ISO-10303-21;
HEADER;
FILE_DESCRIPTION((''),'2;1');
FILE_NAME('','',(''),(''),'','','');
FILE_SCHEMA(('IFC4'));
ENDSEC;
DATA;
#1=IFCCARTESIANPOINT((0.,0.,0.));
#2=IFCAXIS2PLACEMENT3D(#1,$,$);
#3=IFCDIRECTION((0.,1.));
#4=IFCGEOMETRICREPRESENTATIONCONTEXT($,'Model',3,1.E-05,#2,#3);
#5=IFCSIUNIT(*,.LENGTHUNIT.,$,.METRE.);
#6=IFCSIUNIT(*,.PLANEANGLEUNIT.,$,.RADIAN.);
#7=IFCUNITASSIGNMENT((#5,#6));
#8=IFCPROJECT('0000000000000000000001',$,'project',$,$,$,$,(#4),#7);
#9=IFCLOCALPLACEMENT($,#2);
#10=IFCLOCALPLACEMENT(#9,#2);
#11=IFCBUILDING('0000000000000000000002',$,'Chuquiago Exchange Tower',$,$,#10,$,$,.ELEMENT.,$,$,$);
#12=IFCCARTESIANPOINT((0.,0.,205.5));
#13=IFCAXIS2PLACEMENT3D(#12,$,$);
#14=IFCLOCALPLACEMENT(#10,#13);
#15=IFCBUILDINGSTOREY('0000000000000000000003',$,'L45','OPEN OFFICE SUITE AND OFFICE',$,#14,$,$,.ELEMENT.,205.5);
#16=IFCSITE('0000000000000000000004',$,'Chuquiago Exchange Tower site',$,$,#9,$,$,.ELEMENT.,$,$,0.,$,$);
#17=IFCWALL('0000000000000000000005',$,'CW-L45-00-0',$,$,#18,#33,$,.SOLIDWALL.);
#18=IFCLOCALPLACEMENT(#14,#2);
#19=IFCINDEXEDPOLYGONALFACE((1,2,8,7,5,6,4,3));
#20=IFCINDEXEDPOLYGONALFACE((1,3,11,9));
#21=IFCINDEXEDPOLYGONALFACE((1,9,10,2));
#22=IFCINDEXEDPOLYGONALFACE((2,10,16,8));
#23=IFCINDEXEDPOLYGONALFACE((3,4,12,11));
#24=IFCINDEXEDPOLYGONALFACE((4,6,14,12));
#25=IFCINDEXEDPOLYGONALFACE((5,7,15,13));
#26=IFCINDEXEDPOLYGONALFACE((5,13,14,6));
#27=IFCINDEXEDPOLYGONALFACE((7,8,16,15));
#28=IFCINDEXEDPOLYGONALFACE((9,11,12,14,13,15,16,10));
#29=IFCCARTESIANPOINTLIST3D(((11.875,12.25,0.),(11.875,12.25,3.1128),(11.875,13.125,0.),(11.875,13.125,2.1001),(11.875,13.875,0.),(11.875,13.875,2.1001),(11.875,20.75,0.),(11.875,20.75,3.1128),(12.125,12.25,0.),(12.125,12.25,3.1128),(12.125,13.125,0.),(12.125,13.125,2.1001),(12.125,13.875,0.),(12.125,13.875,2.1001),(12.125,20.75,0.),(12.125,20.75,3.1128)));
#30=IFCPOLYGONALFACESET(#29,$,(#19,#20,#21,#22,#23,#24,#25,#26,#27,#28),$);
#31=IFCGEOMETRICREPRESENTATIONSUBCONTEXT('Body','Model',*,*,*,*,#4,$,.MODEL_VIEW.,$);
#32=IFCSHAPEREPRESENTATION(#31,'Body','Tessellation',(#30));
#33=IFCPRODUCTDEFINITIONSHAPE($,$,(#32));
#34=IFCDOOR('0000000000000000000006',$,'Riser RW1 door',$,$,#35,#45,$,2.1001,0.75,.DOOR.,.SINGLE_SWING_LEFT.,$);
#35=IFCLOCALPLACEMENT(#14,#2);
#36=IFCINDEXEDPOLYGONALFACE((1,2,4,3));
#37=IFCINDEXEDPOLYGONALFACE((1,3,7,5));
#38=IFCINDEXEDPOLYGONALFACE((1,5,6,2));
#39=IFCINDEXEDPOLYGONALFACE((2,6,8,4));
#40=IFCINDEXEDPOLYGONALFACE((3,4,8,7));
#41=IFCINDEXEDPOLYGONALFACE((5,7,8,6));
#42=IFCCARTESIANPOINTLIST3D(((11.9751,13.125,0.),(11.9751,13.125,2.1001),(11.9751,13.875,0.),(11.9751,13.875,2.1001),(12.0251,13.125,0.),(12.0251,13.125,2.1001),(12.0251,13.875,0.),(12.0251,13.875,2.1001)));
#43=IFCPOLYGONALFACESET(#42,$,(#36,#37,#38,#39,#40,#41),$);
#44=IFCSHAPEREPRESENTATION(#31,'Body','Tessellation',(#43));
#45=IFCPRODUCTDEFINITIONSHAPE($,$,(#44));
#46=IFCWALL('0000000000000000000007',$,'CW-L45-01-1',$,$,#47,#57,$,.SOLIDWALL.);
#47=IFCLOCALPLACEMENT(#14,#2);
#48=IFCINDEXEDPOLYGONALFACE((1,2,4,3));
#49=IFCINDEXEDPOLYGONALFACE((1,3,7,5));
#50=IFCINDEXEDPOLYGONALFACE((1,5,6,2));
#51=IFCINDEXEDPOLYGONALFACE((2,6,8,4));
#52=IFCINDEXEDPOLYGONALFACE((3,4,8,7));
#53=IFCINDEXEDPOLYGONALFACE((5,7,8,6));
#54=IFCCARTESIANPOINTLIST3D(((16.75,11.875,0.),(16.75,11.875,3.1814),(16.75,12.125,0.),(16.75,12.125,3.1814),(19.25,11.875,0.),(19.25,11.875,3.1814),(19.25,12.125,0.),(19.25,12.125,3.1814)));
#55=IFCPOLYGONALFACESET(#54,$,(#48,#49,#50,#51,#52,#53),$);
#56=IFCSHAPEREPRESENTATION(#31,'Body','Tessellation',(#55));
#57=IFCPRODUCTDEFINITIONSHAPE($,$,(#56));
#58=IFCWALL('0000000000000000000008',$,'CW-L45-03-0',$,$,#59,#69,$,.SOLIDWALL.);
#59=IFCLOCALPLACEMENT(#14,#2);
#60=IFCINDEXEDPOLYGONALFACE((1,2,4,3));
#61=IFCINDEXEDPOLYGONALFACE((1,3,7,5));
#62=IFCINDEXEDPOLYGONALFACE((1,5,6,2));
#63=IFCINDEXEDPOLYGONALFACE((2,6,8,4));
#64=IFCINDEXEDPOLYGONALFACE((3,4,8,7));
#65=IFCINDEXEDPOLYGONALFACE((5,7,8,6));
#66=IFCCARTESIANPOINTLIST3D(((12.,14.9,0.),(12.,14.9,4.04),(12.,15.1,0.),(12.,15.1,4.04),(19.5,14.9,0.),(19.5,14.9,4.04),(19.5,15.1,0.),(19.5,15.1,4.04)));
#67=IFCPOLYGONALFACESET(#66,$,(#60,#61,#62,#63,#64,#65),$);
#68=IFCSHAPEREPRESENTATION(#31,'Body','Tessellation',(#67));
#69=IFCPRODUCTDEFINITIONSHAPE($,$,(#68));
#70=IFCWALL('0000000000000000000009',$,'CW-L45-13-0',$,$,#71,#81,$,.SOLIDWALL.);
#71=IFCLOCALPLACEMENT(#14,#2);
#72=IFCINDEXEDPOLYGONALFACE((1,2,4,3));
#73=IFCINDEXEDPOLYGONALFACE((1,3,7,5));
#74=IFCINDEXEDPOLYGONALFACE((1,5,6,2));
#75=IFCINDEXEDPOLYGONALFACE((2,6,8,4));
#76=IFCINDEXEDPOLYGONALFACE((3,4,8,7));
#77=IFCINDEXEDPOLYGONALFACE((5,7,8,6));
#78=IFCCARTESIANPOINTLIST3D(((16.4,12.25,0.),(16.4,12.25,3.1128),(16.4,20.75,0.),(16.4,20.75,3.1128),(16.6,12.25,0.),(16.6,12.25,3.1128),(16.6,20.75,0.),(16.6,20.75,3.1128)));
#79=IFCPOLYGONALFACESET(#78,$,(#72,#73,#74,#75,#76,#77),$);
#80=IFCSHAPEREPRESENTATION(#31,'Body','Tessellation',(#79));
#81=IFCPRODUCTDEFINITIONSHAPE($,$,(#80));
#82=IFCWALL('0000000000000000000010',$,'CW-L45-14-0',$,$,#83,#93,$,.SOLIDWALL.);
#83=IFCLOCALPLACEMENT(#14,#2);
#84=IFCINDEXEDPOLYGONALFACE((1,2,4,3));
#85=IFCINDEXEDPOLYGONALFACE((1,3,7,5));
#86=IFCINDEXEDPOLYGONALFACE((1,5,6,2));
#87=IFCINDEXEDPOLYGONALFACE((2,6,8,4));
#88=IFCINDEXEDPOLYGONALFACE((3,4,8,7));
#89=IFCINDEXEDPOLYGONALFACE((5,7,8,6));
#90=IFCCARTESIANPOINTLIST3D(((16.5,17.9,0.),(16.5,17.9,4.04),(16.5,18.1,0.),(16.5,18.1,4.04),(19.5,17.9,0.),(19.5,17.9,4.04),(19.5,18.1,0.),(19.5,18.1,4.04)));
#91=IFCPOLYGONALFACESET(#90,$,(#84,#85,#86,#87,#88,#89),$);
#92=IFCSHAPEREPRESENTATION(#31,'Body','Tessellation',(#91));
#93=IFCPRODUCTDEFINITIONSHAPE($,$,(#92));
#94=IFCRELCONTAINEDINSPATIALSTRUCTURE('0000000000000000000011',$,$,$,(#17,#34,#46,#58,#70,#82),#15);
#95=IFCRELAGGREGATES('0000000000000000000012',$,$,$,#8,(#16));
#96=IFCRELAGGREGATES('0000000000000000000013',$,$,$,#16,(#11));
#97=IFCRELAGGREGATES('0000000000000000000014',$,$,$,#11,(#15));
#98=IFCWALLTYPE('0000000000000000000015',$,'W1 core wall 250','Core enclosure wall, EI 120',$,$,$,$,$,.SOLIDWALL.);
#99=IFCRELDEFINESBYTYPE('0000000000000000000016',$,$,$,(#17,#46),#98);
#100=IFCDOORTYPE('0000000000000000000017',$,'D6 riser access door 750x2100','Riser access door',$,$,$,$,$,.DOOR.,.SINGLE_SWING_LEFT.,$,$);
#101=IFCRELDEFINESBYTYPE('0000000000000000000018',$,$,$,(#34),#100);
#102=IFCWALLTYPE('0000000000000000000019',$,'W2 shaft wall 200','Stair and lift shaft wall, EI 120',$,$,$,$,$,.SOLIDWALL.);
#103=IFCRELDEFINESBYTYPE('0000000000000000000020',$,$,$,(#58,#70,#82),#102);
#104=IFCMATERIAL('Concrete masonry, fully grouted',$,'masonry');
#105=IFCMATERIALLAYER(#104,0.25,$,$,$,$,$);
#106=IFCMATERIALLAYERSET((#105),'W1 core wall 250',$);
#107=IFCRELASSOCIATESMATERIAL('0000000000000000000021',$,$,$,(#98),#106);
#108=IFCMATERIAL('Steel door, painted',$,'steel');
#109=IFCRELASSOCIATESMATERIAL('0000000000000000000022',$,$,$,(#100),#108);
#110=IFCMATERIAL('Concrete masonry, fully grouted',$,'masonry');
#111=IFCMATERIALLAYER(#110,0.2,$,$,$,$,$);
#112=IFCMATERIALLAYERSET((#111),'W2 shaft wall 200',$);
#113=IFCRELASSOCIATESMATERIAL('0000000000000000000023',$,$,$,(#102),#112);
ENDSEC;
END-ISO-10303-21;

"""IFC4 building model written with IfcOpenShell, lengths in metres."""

from ifc_helpers import new_model, si_unit, direction, frame, frame_2d, origin, place, context, subcontext, project, spatial, rectangle, extrude, material, layer, layer_set, type_object, element, fill, save


model = new_model("IFC4")

# Units and contexts
model_context = context("Model", 3, precision=1e-05, world=origin(), true_north=direction((0.0, 1.0)))
body_context = subcontext(model_context, "Body", "Model", "MODEL_VIEW")
ifc_project = project(units=[si_unit("LENGTHUNIT", "METRE"), si_unit("PLANEANGLEUNIT", "RADIAN")], contexts=[model_context])

# Site, building, storey
site_placement = place(None, origin())
site = spatial("IfcSite", under=ifc_project, at=site_placement, Name="Chuquiago Exchange Tower site", CompositionType="ELEMENT", RefElevation=0.0)
building_placement = place(site_placement, origin())
building = spatial("IfcBuilding", under=site, at=building_placement, Name="Chuquiago Exchange Tower", CompositionType="ELEMENT")
storey_placement = place(building_placement, frame((0.0, 0.0, 205.5)))
storey = spatial("IfcBuildingStorey", under=building, at=storey_placement, Name="L45", Description="OPEN OFFICE SUITE AND OFFICE", CompositionType="ELEMENT", Elevation=205.5)

# Wall, opening, door
ifc_material_1 = material(Name="Concrete masonry, fully grouted", Category="masonry")
ifc_layer_1 = layer(ifc_material_1, 0.25)
ifc_layer_set_1 = layer_set([ifc_layer_1], Name="W1 core wall 250")
wall_type_1 = type_object("IfcWallType", Name="W1 core wall 250", Description="Core enclosure wall, EI 120", PredefinedType="SOLIDWALL", material=ifc_layer_set_1)
wall_1_placement = place(storey_placement, frame((12.0, 12.25, 0.0), z_axis=(0.0, 0.0, 1.0), x_axis=(0.0, 1.0, 0.0)))
wall_1 = element("IfcWall", 1, at=wall_1_placement, inside=storey, type_object=wall_type_1, Name="CW-L45-00-0", PredefinedType="SOLIDWALL", context=body_context, shape_type="SweptSolid", body=[
    extrude(rectangle(XDim=8.5, YDim=0.25, at=frame_2d((4.25, 0.0))), origin(), (0.0, 0.0, 1.0), 3.1128),
])
opening_placement = place(wall_1_placement, frame((0.875, 0.0, 0.0)))
opening = element("IfcOpeningElement", 2, at=opening_placement, cuts=wall_1, PredefinedType="OPENING", context=body_context, shape_type="SweptSolid", body=[
    extrude(rectangle(XDim=0.75, YDim=2.1001, at=frame_2d((0.375, 1.05))), frame((0.0, 0.135, 0.0), z_axis=(0.0, -1.0, 0.0), x_axis=(1.0, 0.0, 0.0)), (0.0, 0.0, 1.0), 0.27),
])
ifc_material_2 = material(Name="Steel door, painted", Category="steel")
door_type = type_object("IfcDoorType", Name="D6 riser access door 750x2100", Description="Riser access door", OperationType="SINGLE_SWING_LEFT", PredefinedType="DOOR", material=ifc_material_2)
door_placement = place(opening_placement, origin())
door = element("IfcDoor", 3, at=door_placement, inside=storey, type_object=door_type, Name="Riser RW1 door", OperationType="SINGLE_SWING_LEFT", OverallHeight=2.1001, OverallWidth=0.75, PredefinedType="DOOR", context=body_context, shape_type="SweptSolid", body=[
    extrude(rectangle(XDim=0.75, YDim=2.1001, at=frame_2d((0.375, 1.05))), frame((0.0, 0.0249, 0.0), z_axis=(0.0, -1.0, 0.0), x_axis=(1.0, 0.0, 0.0)), (0.0, 0.0, 1.0), 0.05),
])
fill(opening, door)

# Walls
wall_2_placement = place(storey_placement, frame((16.75, 12.0, 0.0), z_axis=(0.0, 0.0, 1.0), x_axis=(1.0, 0.0, 0.0)))
element("IfcWall", 4, at=wall_2_placement, inside=storey, type_object=wall_type_1, Name="CW-L45-01-1", PredefinedType="SOLIDWALL", context=body_context, shape_type="SweptSolid", body=[
    extrude(rectangle(XDim=2.5, YDim=0.25, at=frame_2d((1.25, 0.0))), origin(), (0.0, 0.0, 1.0), 3.1814),
])
ifc_material_3 = material(Name="Concrete masonry, fully grouted", Category="masonry")
ifc_layer_2 = layer(ifc_material_3, 0.2)
ifc_layer_set_2 = layer_set([ifc_layer_2], Name="W2 shaft wall 200")
wall_type_2 = type_object("IfcWallType", Name="W2 shaft wall 200", Description="Stair and lift shaft wall, EI 120", PredefinedType="SOLIDWALL", material=ifc_layer_set_2)
wall_3_placement = place(storey_placement, frame((12.0, 15.0, 0.0), z_axis=(0.0, 0.0, 1.0), x_axis=(1.0, 0.0, 0.0)))
element("IfcWall", 5, at=wall_3_placement, inside=storey, type_object=wall_type_2, Name="CW-L45-03-0", PredefinedType="SOLIDWALL", context=body_context, shape_type="SweptSolid", body=[
    extrude(rectangle(XDim=7.5, YDim=0.2, at=frame_2d((3.75, 0.0))), origin(), (0.0, 0.0, 1.0), 4.04),
])
wall_4_placement = place(storey_placement, frame((16.5, 12.25, 0.0), z_axis=(0.0, 0.0, 1.0), x_axis=(0.0, 1.0, 0.0)))
element("IfcWall", 6, at=wall_4_placement, inside=storey, type_object=wall_type_2, Name="CW-L45-13-0", PredefinedType="SOLIDWALL", context=body_context, shape_type="SweptSolid", body=[
    extrude(rectangle(XDim=8.5, YDim=0.2, at=frame_2d((4.25, 0.0))), origin(), (0.0, 0.0, 1.0), 3.1128),
])
wall_5_placement = place(storey_placement, frame((16.5, 18.0, 0.0), z_axis=(0.0, 0.0, 1.0), x_axis=(1.0, 0.0, 0.0)))
element("IfcWall", 7, at=wall_5_placement, inside=storey, type_object=wall_type_2, Name="CW-L45-14-0", PredefinedType="SOLIDWALL", context=body_context, shape_type="SweptSolid", body=[
    extrude(rectangle(XDim=3.0, YDim=0.2, at=frame_2d((1.5, 0.0))), origin(), (0.0, 0.0, 1.0), 4.04),
])

save(model, "model.ifc")
